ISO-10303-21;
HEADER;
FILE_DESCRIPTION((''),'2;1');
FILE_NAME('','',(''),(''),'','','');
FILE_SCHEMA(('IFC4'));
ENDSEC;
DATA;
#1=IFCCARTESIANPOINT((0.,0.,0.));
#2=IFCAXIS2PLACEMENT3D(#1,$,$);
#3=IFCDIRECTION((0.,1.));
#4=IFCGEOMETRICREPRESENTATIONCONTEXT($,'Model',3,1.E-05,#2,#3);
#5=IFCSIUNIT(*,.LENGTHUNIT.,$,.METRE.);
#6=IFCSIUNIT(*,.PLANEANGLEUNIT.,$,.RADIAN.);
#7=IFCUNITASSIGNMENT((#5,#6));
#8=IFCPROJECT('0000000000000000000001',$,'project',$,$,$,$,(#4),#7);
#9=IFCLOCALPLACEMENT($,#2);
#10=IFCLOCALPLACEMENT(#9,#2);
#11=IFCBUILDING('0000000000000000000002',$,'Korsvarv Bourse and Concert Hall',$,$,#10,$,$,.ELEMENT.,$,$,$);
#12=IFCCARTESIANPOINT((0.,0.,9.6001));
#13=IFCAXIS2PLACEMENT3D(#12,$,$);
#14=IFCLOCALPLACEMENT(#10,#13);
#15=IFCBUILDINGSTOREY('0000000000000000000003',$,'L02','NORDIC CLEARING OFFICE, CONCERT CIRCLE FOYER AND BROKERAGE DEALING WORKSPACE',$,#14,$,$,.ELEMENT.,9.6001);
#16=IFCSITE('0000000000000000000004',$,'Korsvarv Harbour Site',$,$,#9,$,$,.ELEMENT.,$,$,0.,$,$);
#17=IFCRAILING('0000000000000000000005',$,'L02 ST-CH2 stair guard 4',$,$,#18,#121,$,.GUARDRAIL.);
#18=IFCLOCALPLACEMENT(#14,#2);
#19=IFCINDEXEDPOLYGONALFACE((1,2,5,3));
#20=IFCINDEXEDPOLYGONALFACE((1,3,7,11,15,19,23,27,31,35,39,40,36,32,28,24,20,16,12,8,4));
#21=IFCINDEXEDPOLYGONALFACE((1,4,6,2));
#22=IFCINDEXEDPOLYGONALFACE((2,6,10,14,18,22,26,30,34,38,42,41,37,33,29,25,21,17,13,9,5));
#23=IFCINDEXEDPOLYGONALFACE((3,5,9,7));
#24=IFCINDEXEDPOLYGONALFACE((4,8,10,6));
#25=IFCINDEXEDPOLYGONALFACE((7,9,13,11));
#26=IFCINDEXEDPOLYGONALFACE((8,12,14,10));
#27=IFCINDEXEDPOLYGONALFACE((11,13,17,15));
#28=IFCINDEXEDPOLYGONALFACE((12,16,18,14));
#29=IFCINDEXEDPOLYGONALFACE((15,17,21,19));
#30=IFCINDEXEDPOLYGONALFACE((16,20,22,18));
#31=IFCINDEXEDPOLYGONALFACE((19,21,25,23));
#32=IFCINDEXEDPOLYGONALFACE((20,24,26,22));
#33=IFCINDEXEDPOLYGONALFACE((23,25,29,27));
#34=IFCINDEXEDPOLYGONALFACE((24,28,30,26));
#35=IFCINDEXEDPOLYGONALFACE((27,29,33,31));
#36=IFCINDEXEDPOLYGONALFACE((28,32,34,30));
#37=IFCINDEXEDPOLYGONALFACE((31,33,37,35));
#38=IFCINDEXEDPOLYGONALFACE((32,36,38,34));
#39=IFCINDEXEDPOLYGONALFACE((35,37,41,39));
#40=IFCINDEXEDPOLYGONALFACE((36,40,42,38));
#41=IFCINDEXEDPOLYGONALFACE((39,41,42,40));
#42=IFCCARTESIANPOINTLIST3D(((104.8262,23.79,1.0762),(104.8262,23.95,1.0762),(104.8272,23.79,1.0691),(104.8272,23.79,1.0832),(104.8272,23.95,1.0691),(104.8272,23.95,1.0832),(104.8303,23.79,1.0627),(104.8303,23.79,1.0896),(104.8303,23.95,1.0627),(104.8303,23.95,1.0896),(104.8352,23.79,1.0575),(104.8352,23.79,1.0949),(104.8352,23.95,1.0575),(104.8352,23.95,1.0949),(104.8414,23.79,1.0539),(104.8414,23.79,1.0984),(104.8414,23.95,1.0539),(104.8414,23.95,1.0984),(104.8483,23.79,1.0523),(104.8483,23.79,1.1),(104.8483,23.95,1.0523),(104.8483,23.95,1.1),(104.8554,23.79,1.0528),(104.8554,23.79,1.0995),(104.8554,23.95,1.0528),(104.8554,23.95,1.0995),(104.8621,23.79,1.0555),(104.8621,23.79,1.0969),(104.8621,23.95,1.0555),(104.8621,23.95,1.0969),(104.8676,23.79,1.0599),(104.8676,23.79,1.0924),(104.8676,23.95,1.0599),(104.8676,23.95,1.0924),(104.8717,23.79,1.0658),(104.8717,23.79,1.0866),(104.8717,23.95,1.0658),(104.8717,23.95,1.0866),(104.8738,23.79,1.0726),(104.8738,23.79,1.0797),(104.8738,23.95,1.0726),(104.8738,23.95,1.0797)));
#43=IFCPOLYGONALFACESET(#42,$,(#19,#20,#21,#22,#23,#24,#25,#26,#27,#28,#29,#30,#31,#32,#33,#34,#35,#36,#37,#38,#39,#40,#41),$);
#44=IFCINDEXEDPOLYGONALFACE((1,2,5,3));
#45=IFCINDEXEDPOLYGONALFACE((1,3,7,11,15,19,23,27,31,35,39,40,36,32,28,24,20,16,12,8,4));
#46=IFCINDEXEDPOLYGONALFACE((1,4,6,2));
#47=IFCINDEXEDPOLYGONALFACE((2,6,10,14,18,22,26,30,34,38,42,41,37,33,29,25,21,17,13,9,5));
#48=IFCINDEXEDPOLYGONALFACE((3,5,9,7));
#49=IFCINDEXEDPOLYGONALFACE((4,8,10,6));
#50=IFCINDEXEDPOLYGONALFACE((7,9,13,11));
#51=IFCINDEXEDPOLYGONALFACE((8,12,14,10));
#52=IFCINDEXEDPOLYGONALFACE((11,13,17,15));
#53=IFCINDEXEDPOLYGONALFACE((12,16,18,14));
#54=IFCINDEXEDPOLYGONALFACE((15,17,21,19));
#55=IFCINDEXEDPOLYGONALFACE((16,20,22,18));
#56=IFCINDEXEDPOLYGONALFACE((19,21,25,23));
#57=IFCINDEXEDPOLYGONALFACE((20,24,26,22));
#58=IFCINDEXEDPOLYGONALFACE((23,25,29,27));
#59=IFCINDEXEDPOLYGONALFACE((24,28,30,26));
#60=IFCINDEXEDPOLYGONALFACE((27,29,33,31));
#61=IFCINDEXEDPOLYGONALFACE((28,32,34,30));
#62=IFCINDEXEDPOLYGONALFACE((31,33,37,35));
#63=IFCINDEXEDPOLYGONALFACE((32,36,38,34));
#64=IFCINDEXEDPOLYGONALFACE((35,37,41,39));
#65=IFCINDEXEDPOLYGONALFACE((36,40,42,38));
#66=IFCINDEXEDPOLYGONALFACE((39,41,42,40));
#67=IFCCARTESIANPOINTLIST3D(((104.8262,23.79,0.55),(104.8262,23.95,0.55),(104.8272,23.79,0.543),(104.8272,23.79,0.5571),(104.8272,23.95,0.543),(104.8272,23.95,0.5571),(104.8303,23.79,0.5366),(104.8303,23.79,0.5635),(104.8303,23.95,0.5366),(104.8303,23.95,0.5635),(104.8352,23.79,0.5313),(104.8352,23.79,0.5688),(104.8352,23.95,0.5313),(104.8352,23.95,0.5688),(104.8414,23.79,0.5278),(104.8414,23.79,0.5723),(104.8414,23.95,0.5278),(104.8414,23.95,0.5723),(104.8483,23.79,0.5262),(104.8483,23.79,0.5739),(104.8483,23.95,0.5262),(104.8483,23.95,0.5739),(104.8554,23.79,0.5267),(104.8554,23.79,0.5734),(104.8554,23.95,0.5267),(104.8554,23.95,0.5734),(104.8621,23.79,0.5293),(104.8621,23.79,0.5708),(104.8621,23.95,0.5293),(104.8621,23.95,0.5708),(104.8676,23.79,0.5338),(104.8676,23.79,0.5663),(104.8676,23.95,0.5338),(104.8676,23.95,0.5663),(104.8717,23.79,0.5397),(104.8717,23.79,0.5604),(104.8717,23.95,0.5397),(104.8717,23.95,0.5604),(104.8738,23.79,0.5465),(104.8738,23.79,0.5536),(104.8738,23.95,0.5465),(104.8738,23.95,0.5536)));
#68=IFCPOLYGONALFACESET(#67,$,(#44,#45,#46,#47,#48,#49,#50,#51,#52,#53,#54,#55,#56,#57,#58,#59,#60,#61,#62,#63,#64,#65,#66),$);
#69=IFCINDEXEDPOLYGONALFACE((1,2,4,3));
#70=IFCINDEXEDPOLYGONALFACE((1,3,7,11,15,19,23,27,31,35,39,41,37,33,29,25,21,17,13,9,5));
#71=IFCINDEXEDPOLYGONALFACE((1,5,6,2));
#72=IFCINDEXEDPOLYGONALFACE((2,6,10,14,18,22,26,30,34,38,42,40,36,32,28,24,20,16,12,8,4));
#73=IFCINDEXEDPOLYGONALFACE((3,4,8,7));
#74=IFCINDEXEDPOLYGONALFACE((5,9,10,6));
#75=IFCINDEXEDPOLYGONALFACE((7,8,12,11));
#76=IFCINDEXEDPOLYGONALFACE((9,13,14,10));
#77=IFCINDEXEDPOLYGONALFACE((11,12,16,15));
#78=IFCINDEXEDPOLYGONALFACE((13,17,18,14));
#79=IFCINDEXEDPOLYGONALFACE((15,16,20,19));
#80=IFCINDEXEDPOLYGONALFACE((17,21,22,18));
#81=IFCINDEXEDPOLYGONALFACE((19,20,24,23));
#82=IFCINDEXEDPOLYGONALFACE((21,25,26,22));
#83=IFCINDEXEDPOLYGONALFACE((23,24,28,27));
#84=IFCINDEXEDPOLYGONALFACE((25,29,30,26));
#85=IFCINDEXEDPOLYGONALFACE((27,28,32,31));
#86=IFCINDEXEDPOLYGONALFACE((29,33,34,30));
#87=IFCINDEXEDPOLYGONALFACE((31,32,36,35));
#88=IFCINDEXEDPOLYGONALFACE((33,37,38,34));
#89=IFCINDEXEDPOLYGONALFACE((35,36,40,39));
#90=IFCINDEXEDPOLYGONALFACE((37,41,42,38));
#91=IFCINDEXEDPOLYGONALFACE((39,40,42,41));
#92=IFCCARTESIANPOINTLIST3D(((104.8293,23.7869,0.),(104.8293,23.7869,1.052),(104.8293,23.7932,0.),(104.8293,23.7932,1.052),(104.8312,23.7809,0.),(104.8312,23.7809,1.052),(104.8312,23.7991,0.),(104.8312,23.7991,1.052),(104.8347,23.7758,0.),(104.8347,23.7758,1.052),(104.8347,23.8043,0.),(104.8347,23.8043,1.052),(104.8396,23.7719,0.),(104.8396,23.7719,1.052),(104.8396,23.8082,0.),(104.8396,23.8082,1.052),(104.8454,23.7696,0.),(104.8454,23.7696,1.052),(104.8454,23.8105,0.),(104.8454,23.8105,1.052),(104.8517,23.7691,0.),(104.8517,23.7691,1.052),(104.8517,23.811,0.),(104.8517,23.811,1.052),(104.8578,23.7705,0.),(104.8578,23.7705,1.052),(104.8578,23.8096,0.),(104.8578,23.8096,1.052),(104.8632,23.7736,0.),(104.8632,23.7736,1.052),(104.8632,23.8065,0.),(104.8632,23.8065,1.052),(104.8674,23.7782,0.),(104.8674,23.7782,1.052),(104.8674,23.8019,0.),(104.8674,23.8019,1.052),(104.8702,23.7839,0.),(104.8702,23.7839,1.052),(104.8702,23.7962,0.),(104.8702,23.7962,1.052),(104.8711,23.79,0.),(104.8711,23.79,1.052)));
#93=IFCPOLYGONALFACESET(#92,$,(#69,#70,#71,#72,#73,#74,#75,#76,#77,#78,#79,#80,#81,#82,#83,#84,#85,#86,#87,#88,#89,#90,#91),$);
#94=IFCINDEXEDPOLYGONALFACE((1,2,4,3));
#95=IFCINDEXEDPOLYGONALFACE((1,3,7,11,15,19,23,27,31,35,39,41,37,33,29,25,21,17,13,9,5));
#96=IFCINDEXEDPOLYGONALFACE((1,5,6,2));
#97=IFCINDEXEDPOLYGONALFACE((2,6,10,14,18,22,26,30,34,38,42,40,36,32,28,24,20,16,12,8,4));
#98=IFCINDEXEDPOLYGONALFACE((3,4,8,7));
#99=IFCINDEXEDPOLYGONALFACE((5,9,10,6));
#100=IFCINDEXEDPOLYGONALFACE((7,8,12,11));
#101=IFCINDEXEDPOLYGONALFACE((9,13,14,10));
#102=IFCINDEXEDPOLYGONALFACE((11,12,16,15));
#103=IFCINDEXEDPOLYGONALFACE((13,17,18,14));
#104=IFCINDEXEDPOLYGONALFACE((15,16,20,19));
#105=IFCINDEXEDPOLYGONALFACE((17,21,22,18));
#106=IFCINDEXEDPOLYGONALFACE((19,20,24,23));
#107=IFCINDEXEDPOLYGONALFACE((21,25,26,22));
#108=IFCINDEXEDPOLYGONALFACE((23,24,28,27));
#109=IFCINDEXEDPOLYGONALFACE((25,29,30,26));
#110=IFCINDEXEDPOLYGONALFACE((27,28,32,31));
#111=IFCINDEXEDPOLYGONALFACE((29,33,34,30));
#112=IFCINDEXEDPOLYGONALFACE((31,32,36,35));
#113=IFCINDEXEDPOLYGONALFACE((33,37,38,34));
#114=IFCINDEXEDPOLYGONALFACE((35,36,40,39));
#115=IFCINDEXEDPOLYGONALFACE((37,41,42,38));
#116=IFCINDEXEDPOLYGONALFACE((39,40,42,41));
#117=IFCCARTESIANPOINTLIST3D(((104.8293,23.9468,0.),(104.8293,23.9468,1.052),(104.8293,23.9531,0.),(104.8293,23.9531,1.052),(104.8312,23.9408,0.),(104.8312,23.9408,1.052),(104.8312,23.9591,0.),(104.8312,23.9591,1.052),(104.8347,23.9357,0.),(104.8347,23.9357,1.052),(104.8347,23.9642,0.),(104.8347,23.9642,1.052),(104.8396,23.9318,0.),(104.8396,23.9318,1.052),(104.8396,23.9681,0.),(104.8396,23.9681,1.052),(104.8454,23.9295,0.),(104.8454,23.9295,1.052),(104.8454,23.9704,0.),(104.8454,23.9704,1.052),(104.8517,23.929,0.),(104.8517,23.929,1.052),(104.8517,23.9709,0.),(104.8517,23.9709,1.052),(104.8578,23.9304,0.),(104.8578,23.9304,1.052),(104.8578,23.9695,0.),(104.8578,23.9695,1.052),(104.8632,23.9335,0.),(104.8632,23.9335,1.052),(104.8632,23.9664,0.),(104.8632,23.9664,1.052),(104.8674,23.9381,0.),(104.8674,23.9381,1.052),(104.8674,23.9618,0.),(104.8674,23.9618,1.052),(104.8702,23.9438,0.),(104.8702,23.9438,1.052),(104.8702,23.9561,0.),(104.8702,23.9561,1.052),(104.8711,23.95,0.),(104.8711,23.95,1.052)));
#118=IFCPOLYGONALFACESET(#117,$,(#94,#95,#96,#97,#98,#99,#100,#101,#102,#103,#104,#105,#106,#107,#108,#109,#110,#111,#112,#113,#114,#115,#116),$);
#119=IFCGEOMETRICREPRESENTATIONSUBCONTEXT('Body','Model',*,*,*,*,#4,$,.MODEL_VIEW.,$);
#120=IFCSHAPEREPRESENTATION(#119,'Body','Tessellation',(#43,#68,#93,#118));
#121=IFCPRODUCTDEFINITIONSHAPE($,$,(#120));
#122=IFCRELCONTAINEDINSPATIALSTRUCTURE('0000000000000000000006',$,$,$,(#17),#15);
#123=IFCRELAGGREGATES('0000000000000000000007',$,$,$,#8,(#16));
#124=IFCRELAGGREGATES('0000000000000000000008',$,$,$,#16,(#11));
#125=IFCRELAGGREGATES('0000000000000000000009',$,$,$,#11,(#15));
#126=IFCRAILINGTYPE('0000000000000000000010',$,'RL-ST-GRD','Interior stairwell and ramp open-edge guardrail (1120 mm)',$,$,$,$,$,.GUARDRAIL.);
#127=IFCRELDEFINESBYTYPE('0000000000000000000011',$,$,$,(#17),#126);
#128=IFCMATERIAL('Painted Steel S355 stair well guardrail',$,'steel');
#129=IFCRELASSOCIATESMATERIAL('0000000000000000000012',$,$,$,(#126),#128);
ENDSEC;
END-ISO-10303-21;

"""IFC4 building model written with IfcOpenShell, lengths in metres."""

from ifc_helpers import new_model, si_unit, direction, frame, origin, origin_2d, place, context, subcontext, project, spatial, circle, extrude, material, type_object, element, save


model = new_model("IFC4")

# Units and contexts
model_context = context("Model", 3, precision=1e-05, world=origin(), true_north=direction((0.0, 1.0)))
body_context = subcontext(model_context, "Body", "Model", "MODEL_VIEW")
ifc_project = project(units=[si_unit("LENGTHUNIT", "METRE"), si_unit("PLANEANGLEUNIT", "RADIAN")], contexts=[model_context])

# Site, building, storey
site_placement = place(None, origin())
site = spatial("IfcSite", under=ifc_project, at=site_placement, Name="Korsvarv Harbour Site", CompositionType="ELEMENT", RefElevation=0.0)
building_placement = place(site_placement, origin())
building = spatial("IfcBuilding", under=site, at=building_placement, Name="Korsvarv Bourse and Concert Hall", CompositionType="ELEMENT")
storey_placement = place(building_placement, frame((0.0, 0.0, 9.6001)))
storey = spatial("IfcBuildingStorey", under=building, at=storey_placement, Name="L02", Description="NORDIC CLEARING OFFICE, CONCERT CIRCLE FOYER AND BROKERAGE DEALING WORKSPACE", CompositionType="ELEMENT", Elevation=9.6001)

# Railing
ifc_material_1 = material(Name="Painted Steel S355 stair well guardrail", Category="steel")
railing_type_1 = type_object("IfcRailingType", Name="RL-ST-GRD", Description="Interior stairwell and ramp open-edge guardrail (1120 mm)", PredefinedType="GUARDRAIL", material=ifc_material_1)
railing_1_placement = place(storey_placement, frame((104.8501, 23.79, 0.0)))
element("IfcRailing", 1, at=railing_1_placement, inside=storey, type_object=railing_type_1, Name="L02 ST-CH2 stair guard 4", PredefinedType="GUARDRAIL", context=body_context, shape_type="SweptSolid", body=[
    extrude(circle(Radius=0.0239, at=origin_2d()), frame((0.0, 0.0, 1.0762), z_axis=(0.0, 1.0, 0.0), x_axis=(-1.0, 0.0, 0.0)), (0.0, 0.0, 1.0), 0.1599),
    extrude(circle(Radius=0.0239, at=origin_2d()), frame((0.0, 0.0, 0.55), z_axis=(0.0, 1.0, 0.0), x_axis=(-1.0, 0.0, 0.0)), (0.0, 0.0, 1.0), 0.1599),
    extrude(circle(Radius=0.021, at=origin_2d()), origin(), (0.0, 0.0, 1.0), 1.052),
    extrude(circle(Radius=0.021, at=origin_2d()), frame((0.0, 0.1599, 0.0)), (0.0, 0.0, 1.0), 1.052),
])

save(model, "model.ifc")
